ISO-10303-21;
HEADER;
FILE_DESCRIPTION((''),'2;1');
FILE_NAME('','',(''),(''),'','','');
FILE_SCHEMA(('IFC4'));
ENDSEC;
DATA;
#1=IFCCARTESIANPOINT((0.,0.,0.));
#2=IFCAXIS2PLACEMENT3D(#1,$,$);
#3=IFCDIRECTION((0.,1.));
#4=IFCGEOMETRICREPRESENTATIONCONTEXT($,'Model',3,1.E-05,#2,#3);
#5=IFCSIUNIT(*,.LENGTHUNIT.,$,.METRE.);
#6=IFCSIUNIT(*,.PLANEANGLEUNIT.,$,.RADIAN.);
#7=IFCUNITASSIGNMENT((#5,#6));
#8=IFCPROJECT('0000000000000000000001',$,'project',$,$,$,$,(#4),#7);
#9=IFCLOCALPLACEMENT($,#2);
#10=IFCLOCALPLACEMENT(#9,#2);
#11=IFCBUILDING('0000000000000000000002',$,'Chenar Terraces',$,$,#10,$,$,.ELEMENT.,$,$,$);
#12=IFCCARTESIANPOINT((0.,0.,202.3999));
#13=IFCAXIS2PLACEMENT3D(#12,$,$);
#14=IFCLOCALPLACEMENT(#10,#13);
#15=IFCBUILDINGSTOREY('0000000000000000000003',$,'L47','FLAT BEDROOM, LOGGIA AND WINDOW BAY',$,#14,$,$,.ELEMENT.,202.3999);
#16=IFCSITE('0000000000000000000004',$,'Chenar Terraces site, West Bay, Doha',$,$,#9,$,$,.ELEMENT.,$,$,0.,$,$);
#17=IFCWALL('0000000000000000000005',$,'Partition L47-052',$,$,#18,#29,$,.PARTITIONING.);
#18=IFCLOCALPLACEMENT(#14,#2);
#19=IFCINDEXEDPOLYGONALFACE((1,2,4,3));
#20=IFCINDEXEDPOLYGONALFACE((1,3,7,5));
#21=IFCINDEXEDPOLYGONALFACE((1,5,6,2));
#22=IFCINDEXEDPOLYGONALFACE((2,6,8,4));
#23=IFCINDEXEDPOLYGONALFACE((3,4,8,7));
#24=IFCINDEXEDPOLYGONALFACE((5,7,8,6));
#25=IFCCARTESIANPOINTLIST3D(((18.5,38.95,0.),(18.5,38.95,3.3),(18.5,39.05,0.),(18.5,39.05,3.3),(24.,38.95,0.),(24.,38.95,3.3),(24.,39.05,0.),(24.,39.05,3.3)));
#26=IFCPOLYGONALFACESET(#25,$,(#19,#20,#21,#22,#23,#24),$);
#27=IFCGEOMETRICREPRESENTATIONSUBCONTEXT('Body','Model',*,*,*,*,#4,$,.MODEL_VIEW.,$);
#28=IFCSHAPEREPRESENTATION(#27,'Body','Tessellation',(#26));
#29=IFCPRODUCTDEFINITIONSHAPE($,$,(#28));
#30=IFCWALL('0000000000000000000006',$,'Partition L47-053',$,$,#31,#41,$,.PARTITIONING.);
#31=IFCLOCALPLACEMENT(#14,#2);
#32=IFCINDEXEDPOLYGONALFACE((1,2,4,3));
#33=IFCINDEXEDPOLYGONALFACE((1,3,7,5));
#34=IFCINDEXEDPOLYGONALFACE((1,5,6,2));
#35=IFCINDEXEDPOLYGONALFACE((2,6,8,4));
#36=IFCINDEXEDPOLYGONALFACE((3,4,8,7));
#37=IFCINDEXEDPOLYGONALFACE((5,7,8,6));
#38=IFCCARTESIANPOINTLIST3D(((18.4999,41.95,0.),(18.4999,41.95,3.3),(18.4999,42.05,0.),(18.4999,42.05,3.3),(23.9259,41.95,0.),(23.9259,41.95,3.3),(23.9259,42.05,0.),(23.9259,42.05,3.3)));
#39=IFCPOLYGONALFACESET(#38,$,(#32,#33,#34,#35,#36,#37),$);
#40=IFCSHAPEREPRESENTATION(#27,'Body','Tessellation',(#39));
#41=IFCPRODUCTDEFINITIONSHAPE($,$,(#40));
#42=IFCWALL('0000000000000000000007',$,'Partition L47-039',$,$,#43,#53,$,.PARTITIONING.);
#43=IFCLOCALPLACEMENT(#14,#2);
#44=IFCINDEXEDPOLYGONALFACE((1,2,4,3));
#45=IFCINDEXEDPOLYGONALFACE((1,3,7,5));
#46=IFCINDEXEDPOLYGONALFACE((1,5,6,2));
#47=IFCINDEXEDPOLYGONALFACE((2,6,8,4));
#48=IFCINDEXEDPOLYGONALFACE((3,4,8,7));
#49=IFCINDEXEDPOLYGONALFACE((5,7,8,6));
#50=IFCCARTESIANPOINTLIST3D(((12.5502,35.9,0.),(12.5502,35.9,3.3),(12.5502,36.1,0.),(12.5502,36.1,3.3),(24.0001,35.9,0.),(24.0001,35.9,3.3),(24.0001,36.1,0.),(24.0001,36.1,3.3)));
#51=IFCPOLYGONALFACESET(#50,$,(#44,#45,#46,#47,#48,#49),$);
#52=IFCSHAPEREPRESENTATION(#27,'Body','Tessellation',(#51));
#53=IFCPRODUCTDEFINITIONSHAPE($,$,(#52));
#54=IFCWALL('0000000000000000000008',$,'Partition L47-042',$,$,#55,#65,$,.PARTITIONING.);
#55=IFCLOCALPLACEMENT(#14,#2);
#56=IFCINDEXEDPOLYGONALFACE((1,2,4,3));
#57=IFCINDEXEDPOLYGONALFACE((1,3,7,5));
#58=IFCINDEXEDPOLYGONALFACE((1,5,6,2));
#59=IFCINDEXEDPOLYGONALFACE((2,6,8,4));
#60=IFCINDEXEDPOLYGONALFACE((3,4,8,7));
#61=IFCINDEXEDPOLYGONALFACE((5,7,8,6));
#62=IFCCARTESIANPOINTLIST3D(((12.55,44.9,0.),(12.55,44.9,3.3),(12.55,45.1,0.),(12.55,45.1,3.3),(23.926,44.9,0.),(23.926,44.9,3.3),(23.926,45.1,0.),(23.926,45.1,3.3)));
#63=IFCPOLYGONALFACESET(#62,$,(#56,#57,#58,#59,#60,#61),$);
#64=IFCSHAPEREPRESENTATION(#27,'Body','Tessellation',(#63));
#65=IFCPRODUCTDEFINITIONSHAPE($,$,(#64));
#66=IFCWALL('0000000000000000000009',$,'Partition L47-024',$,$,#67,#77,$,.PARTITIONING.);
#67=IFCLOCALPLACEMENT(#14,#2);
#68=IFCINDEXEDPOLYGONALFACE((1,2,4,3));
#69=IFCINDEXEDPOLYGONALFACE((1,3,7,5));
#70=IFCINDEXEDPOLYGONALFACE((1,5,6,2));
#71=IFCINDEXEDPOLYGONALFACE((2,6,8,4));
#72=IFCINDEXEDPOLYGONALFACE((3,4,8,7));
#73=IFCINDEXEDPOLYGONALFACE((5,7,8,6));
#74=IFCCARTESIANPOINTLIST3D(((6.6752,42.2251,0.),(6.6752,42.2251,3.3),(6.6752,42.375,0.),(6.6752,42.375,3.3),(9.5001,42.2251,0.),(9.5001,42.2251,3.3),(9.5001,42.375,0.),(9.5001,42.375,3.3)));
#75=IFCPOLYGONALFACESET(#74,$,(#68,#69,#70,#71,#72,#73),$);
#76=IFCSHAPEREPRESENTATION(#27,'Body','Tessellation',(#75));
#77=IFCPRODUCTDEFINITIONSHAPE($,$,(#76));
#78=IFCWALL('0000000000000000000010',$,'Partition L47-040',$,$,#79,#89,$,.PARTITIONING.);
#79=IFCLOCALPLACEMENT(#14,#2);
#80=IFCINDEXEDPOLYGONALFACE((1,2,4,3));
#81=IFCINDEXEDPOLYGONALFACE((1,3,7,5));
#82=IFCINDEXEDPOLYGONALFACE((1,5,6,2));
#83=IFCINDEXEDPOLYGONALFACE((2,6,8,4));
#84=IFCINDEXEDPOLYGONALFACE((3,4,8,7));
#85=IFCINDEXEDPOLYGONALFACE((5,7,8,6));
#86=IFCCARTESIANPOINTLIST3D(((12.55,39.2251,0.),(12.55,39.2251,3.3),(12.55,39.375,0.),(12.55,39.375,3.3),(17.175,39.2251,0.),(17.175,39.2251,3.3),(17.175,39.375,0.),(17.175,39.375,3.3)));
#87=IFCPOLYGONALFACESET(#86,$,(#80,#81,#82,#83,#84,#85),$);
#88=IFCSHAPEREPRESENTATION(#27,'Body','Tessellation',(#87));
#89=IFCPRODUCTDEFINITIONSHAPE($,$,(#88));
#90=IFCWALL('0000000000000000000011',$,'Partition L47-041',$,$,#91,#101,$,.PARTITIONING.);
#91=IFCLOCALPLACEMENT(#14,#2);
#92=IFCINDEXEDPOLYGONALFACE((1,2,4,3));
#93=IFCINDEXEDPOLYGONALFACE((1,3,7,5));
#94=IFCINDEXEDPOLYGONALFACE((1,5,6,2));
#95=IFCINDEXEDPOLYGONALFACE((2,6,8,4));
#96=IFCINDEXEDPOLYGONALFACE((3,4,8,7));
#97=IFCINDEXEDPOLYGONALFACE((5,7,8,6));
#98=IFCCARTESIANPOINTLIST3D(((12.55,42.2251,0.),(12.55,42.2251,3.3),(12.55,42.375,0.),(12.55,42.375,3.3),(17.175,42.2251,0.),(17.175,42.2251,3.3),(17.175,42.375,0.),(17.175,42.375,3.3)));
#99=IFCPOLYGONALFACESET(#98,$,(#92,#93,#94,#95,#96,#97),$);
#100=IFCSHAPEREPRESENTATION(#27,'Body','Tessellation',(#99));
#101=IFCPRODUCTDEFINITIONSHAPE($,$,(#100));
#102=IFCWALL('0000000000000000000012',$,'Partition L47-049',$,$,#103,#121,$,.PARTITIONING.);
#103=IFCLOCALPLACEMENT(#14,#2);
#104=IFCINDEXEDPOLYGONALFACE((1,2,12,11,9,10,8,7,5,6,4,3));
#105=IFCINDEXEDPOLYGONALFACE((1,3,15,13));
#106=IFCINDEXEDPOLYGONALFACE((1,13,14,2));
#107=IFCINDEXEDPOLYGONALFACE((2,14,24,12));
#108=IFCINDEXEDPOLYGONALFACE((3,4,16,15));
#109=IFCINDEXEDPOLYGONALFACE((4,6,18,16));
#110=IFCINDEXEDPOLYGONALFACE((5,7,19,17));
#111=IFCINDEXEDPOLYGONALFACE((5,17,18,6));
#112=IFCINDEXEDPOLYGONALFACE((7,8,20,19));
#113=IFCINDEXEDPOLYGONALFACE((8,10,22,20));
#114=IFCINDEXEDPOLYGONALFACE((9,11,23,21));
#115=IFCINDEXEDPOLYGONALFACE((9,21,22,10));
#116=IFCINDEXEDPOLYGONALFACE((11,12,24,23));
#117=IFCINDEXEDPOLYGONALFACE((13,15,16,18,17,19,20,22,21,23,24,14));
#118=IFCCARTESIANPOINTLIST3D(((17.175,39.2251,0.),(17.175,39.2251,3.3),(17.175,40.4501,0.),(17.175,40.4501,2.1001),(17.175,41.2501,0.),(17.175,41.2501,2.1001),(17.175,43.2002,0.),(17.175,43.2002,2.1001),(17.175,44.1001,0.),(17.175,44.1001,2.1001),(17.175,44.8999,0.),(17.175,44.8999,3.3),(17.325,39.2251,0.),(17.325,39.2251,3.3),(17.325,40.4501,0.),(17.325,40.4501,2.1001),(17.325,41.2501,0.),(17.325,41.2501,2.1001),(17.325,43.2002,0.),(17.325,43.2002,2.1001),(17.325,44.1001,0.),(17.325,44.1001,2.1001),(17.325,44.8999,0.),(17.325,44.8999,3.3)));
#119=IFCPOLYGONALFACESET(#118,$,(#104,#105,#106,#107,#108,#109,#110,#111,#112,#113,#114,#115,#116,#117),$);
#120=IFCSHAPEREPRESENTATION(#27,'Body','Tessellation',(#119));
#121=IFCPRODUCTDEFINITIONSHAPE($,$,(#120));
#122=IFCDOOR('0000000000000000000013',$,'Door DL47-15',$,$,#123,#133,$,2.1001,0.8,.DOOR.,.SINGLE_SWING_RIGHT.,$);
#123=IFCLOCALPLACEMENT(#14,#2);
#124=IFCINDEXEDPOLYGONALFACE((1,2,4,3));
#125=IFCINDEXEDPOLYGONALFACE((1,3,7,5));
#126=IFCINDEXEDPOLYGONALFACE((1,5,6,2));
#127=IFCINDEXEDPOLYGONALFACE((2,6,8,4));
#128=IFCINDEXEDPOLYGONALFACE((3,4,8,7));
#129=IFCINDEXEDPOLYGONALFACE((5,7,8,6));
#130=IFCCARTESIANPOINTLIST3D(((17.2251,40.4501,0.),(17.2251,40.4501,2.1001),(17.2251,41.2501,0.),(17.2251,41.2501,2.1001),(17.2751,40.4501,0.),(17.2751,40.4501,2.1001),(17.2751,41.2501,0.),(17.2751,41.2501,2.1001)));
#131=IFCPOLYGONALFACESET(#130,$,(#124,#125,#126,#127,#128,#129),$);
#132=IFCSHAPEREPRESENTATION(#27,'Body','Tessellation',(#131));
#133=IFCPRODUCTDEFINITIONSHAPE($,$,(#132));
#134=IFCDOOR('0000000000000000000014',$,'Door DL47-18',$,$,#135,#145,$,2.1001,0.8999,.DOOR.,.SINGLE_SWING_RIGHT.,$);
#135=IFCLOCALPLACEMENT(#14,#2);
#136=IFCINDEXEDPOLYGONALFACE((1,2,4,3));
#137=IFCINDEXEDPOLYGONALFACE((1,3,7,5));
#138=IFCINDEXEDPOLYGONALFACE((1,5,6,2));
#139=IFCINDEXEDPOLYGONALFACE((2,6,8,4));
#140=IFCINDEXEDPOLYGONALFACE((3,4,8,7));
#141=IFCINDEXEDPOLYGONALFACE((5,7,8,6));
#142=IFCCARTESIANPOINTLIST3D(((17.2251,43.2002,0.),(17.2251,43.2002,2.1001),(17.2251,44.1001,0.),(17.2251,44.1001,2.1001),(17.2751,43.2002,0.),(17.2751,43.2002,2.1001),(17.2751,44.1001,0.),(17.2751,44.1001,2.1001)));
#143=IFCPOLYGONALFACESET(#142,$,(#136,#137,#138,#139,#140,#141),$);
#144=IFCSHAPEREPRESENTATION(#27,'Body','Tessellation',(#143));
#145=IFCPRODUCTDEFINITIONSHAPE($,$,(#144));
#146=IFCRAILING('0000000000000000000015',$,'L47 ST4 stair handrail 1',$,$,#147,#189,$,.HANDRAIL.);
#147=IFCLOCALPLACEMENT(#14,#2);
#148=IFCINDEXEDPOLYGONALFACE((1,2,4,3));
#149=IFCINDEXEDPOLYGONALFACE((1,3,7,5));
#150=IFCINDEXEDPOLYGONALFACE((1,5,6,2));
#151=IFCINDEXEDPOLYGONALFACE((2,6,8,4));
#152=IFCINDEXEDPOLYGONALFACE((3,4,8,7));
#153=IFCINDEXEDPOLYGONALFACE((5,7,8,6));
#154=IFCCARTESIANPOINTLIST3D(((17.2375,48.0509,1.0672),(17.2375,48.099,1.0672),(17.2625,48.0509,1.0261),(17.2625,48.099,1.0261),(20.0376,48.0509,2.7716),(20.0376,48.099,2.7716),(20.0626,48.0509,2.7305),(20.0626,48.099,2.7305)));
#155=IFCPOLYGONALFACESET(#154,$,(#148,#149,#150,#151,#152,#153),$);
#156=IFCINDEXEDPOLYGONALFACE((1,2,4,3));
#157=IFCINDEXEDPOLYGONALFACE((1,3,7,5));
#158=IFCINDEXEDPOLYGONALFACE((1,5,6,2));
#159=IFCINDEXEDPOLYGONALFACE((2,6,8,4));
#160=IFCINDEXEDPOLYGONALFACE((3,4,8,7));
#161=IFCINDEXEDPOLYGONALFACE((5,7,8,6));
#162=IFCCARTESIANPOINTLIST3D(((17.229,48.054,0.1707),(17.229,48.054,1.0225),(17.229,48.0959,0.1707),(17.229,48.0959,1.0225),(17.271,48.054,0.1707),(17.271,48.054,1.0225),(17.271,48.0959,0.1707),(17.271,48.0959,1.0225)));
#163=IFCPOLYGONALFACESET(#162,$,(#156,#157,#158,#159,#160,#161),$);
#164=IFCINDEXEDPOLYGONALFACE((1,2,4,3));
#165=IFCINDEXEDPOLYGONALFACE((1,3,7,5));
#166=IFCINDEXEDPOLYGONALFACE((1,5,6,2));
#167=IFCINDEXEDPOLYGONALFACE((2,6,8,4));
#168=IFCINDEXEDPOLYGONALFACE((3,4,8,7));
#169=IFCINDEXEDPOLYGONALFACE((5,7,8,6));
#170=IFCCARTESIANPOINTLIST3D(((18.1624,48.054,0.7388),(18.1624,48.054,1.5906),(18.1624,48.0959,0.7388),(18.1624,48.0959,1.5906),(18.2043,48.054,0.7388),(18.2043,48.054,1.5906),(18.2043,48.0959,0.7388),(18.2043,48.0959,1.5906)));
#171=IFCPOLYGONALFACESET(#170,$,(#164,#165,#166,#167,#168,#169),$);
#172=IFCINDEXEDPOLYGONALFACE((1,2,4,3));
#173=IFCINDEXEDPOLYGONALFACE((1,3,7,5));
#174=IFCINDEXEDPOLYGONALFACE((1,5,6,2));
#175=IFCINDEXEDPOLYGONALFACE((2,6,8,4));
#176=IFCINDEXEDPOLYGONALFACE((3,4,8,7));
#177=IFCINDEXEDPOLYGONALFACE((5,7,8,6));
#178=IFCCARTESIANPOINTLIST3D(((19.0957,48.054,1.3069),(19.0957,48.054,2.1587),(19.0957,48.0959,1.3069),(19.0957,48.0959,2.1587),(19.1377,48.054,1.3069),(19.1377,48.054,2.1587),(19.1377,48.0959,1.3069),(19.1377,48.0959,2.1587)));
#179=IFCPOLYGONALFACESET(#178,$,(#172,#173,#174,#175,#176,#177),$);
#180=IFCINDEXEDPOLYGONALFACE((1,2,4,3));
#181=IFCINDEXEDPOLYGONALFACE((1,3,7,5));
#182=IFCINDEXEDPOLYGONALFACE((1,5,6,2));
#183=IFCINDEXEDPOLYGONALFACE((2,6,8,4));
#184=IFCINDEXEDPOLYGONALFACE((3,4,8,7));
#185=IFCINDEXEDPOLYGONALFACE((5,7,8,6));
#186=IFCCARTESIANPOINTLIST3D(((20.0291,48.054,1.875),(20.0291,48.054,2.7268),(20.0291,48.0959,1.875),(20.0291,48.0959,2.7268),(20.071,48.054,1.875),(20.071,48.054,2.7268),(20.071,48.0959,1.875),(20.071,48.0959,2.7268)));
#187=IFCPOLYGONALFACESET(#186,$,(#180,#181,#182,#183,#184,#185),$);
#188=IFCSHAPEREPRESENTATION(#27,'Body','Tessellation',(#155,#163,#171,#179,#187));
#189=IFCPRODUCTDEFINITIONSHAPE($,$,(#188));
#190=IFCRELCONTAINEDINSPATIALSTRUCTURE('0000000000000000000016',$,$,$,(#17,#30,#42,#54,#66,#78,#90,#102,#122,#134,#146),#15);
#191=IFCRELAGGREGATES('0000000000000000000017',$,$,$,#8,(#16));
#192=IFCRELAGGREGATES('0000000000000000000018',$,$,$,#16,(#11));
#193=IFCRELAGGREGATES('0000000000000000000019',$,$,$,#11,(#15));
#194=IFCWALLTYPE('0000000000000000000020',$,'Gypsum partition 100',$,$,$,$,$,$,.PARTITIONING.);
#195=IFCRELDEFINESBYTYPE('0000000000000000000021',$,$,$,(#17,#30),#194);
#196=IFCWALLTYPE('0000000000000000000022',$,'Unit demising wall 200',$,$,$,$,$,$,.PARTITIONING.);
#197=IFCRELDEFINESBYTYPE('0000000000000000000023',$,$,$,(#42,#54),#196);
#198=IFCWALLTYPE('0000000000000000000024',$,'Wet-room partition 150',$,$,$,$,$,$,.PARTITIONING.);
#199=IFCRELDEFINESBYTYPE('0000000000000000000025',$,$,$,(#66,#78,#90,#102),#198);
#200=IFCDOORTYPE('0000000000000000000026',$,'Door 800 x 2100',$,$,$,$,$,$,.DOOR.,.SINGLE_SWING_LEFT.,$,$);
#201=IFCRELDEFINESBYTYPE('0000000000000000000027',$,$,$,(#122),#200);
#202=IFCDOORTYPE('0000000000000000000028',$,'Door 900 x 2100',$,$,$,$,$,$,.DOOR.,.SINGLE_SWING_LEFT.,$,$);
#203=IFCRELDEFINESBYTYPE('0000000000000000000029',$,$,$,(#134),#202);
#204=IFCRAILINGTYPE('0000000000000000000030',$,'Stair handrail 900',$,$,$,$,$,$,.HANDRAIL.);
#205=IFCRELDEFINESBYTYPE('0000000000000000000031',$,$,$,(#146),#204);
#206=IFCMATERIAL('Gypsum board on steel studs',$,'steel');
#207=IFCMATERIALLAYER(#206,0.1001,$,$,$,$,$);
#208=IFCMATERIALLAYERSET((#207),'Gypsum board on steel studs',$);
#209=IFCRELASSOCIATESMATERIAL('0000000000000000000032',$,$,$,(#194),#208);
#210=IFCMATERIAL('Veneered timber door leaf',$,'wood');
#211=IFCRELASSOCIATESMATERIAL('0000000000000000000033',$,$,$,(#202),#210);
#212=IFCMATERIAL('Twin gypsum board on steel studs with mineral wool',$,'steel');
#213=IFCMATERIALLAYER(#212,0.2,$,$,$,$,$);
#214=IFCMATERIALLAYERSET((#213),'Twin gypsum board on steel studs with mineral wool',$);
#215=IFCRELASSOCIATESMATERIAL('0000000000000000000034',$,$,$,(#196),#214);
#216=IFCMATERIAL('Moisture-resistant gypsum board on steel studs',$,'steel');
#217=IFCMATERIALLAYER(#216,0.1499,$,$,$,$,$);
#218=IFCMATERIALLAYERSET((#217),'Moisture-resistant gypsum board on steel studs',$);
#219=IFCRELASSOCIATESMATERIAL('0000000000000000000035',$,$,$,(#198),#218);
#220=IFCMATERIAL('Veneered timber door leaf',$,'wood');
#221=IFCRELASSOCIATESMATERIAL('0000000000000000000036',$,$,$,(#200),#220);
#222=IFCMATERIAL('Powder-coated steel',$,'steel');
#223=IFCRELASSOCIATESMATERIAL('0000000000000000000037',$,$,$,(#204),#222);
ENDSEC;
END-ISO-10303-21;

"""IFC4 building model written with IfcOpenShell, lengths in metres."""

from ifc_helpers import new_model, si_unit, direction, frame, frame_2d, origin, origin_2d, place, context, subcontext, project, spatial, rectangle, extrude, material, layer, layer_set, type_object, element, fill, save


model = new_model("IFC4")

# Units and contexts
model_context = context("Model", 3, precision=1e-05, world=origin(), true_north=direction((0.0, 1.0)))
body_context = subcontext(model_context, "Body", "Model", "MODEL_VIEW")
ifc_project = project(units=[si_unit("LENGTHUNIT", "METRE"), si_unit("PLANEANGLEUNIT", "RADIAN")], contexts=[model_context])

# Site, building, storey
site_placement = place(None, origin())
site = spatial("IfcSite", under=ifc_project, at=site_placement, Name="Chenar Terraces site, West Bay, Doha", CompositionType="ELEMENT", RefElevation=0.0)
building_placement = place(site_placement, origin())
building = spatial("IfcBuilding", under=site, at=building_placement, Name="Chenar Terraces", CompositionType="ELEMENT")
storey_placement = place(building_placement, frame((0.0, 0.0, 202.3999)))
storey = spatial("IfcBuildingStorey", under=building, at=storey_placement, Name="L47", Description="FLAT BEDROOM, LOGGIA AND WINDOW BAY", CompositionType="ELEMENT", Elevation=202.3999)

# Shared definitions
ifc_material_1 = material(Name="Gypsum board on steel studs", Category="steel")
ifc_layer_1 = layer(ifc_material_1, 0.1001)
ifc_layer_set_1 = layer_set([ifc_layer_1], Name="Gypsum board on steel studs")
wall_type_1 = type_object("IfcWallType", Name="Gypsum partition 100", PredefinedType="PARTITIONING", material=ifc_layer_set_1)
ifc_material_2 = material(Name="Veneered timber door leaf", Category="wood")
door_type_1 = type_object("IfcDoorType", Name="Door 900 x 2100", OperationType="SINGLE_SWING_LEFT", PredefinedType="DOOR", material=ifc_material_2)

# Walls
wall_1_placement = place(storey_placement, frame((18.5, 39.0, 0.0), z_axis=(0.0, 0.0, 1.0), x_axis=(1.0, 0.0, 0.0)))
element("IfcWall", 1, at=wall_1_placement, inside=storey, type_object=wall_type_1, Name="Partition L47-052", PredefinedType="PARTITIONING", context=body_context, shape_type="SweptSolid", body=[
    extrude(rectangle(XDim=5.5, YDim=0.1001, at=frame_2d((2.75, 0.0))), origin(), (0.0, 0.0, 1.0), 3.3),
])
wall_2_placement = place(storey_placement, frame((18.5, 42.0, 0.0), z_axis=(0.0, 0.0, 1.0), x_axis=(1.0, 0.0, 0.0)))
element("IfcWall", 2, at=wall_2_placement, inside=storey, type_object=wall_type_1, Name="Partition L47-053", PredefinedType="PARTITIONING", context=body_context, shape_type="SweptSolid", body=[
    extrude(rectangle(XDim=5.426, YDim=0.1001, at=frame_2d((2.7129, 0.0))), origin(), (0.0, 0.0, 1.0), 3.3),
])
ifc_material_3 = material(Name="Twin gypsum board on steel studs with mineral wool", Category="steel")
ifc_layer_2 = layer(ifc_material_3, 0.2)
ifc_layer_set_2 = layer_set([ifc_layer_2], Name="Twin gypsum board on steel studs with mineral wool")
wall_type_2 = type_object("IfcWallType", Name="Unit demising wall 200", PredefinedType="PARTITIONING", material=ifc_layer_set_2)
wall_3_placement = place(storey_placement, frame((12.55, 36.0, 0.0), z_axis=(0.0, 0.0, 1.0), x_axis=(1.0, 0.0, 0.0)))
element("IfcWall", 3, at=wall_3_placement, inside=storey, type_object=wall_type_2, Name="Partition L47-039", PredefinedType="PARTITIONING", context=body_context, shape_type="SweptSolid", body=[
    extrude(rectangle(XDim=11.45, YDim=0.2, at=frame_2d((5.7251, 0.0))), origin(), (0.0, 0.0, 1.0), 3.3),
])
wall_4_placement = place(storey_placement, frame((12.55, 45.0, 0.0), z_axis=(0.0, 0.0, 1.0), x_axis=(1.0, 0.0, 0.0)))
element("IfcWall", 4, at=wall_4_placement, inside=storey, type_object=wall_type_2, Name="Partition L47-042", PredefinedType="PARTITIONING", context=body_context, shape_type="SweptSolid", body=[
    extrude(rectangle(XDim=11.376, YDim=0.2, at=frame_2d((5.688, 0.0))), origin(), (0.0, 0.0, 1.0), 3.3),
])
ifc_material_4 = material(Name="Moisture-resistant gypsum board on steel studs", Category="steel")
ifc_layer_3 = layer(ifc_material_4, 0.1499)
ifc_layer_set_3 = layer_set([ifc_layer_3], Name="Moisture-resistant gypsum board on steel studs")
wall_type_3 = type_object("IfcWallType", Name="Wet-room partition 150", PredefinedType="PARTITIONING", material=ifc_layer_set_3)
wall_5_placement = place(storey_placement, frame((6.675, 42.3, 0.0), z_axis=(0.0, 0.0, 1.0), x_axis=(1.0, 0.0, 0.0)))
element("IfcWall", 5, at=wall_5_placement, inside=storey, type_object=wall_type_3, Name="Partition L47-024", PredefinedType="PARTITIONING", context=body_context, shape_type="SweptSolid", body=[
    extrude(rectangle(XDim=2.825, YDim=0.1499, at=frame_2d((1.4126, 0.0))), origin(), (0.0, 0.0, 1.0), 3.3),
])
for number, where, z_axis, x_axis, name in (
    (6, (12.55, 39.3, 0.0), (0.0, 0.0, 1.0), (1.0, 0.0, 0.0), "Partition L47-040"),
    (7, (12.55, 42.3, 0.0), (0.0, 0.0, 1.0), (1.0, 0.0, 0.0), "Partition L47-041"),
):
    element("IfcWall", number, at=place(storey_placement, frame(where, z_axis=z_axis, x_axis=x_axis)), inside=storey, type_object=wall_type_3, Name=name, PredefinedType="PARTITIONING", context=body_context, shape_type="SweptSolid", body=[
        extrude(rectangle(XDim=4.625, YDim=0.1499, at=frame_2d((2.3125, 0.0))), origin(), (0.0, 0.0, 1.0), 3.3),
    ])

# Wall, openings, doors
wall_6_placement = place(storey_placement, frame((17.25, 39.2251, 0.0), z_axis=(0.0, 0.0, 1.0), x_axis=(0.0, 1.0, 0.0)))
wall_6 = element("IfcWall", 8, at=wall_6_placement, inside=storey, type_object=wall_type_3, Name="Partition L47-049", PredefinedType="PARTITIONING", context=body_context, shape_type="SweptSolid", body=[
    extrude(rectangle(XDim=5.6748, YDim=0.1499, at=frame_2d((2.8374, 0.0))), origin(), (0.0, 0.0, 1.0), 3.3),
])
opening_1_placement = place(wall_6_placement, frame((1.2251, 0.0, 0.0)))
opening_1 = element("IfcOpeningElement", 9, at=opening_1_placement, cuts=wall_6, PredefinedType="OPENING", context=body_context, shape_type="SweptSolid", body=[
    extrude(rectangle(XDim=0.8, YDim=2.1001, at=frame_2d((0.3999, 1.05))), frame((0.0, 0.085, 0.0), z_axis=(0.0, -1.0, 0.0), x_axis=(1.0, 0.0, 0.0)), (0.0, 0.0, 1.0), 0.1699),
])
opening_2_placement = place(wall_6_placement, frame((3.9751, 0.0, 0.0)))
opening_2 = element("IfcOpeningElement", 10, at=opening_2_placement, cuts=wall_6, PredefinedType="OPENING", context=body_context, shape_type="SweptSolid", body=[
    extrude(rectangle(XDim=0.8999, YDim=2.1001, at=frame_2d((0.45, 1.05))), frame((0.0, 0.085, 0.0), z_axis=(0.0, -1.0, 0.0), x_axis=(1.0, 0.0, 0.0)), (0.0, 0.0, 1.0), 0.1699),
])
ifc_material_5 = material(Name="Veneered timber door leaf", Category="wood")
door_type_2 = type_object("IfcDoorType", Name="Door 800 x 2100", OperationType="SINGLE_SWING_LEFT", PredefinedType="DOOR", material=ifc_material_5)
door_1_placement = place(opening_1_placement, origin())
door_1 = element("IfcDoor", 11, at=door_1_placement, inside=storey, type_object=door_type_2, Name="Door DL47-15", OperationType="SINGLE_SWING_RIGHT", OverallHeight=2.1001, OverallWidth=0.8, PredefinedType="DOOR", context=body_context, shape_type="SweptSolid", body=[
    extrude(rectangle(XDim=0.8, YDim=2.1001, at=frame_2d((0.3999, 1.05))), frame((0.0, 0.0249, 0.0), z_axis=(0.0, -1.0, 0.0), x_axis=(1.0, 0.0, 0.0)), (0.0, 0.0, 1.0), 0.05),
])
fill(opening_1, door_1)
door_2_placement = place(opening_2_placement, origin())
door_2 = element("IfcDoor", 12, at=door_2_placement, inside=storey, type_object=door_type_1, Name="Door DL47-18", OperationType="SINGLE_SWING_RIGHT", OverallHeight=2.1001, OverallWidth=0.8999, PredefinedType="DOOR", context=body_context, shape_type="SweptSolid", body=[
    extrude(rectangle(XDim=0.8999, YDim=2.1001, at=frame_2d((0.45, 1.05))), frame((0.0, 0.0249, 0.0), z_axis=(0.0, -1.0, 0.0), x_axis=(1.0, 0.0, 0.0)), (0.0, 0.0, 1.0), 0.05),
])
fill(opening_2, door_2)

# Railing
ifc_material_6 = material(Name="Powder-coated steel", Category="steel")
railing_type = type_object("IfcRailingType", Name="Stair handrail 900", PredefinedType="HANDRAIL", material=ifc_material_6)
railing_placement = place(storey_placement, frame((17.25, 48.075, 0.1707)))
element("IfcRailing", 13, at=railing_placement, inside=storey, type_object=railing_type, Name="L47 ST4 stair handrail 1", PredefinedType="HANDRAIL", context=body_context, shape_type="SweptSolid", body=[
    extrude(rectangle(XDim=0.0481, YDim=0.0481, at=origin_2d()), frame((0.0, 0.0, 0.876), z_axis=(0.854203, 0.0, 0.51994), x_axis=(0.0, 1.0, 0.0)), (0.0, 0.0, 1.0), 3.2781),
    extrude(rectangle(XDim=0.042, YDim=0.042, at=origin_2d()), origin(), (0.0, 0.0, 1.0), 0.8518),
    extrude(rectangle(XDim=0.042, YDim=0.042, at=origin_2d()), frame((0.9333, 0.0, 0.5681)), (0.0, 0.0, 1.0), 0.8518),
    extrude(rectangle(XDim=0.042, YDim=0.042, at=origin_2d()), frame((1.8667, 0.0, 1.1362)), (0.0, 0.0, 1.0), 0.8518),
    extrude(rectangle(XDim=0.042, YDim=0.042, at=origin_2d()), frame((2.8, 0.0, 1.7043)), (0.0, 0.0, 1.0), 0.8518),
])

save(model, "model.ifc")
